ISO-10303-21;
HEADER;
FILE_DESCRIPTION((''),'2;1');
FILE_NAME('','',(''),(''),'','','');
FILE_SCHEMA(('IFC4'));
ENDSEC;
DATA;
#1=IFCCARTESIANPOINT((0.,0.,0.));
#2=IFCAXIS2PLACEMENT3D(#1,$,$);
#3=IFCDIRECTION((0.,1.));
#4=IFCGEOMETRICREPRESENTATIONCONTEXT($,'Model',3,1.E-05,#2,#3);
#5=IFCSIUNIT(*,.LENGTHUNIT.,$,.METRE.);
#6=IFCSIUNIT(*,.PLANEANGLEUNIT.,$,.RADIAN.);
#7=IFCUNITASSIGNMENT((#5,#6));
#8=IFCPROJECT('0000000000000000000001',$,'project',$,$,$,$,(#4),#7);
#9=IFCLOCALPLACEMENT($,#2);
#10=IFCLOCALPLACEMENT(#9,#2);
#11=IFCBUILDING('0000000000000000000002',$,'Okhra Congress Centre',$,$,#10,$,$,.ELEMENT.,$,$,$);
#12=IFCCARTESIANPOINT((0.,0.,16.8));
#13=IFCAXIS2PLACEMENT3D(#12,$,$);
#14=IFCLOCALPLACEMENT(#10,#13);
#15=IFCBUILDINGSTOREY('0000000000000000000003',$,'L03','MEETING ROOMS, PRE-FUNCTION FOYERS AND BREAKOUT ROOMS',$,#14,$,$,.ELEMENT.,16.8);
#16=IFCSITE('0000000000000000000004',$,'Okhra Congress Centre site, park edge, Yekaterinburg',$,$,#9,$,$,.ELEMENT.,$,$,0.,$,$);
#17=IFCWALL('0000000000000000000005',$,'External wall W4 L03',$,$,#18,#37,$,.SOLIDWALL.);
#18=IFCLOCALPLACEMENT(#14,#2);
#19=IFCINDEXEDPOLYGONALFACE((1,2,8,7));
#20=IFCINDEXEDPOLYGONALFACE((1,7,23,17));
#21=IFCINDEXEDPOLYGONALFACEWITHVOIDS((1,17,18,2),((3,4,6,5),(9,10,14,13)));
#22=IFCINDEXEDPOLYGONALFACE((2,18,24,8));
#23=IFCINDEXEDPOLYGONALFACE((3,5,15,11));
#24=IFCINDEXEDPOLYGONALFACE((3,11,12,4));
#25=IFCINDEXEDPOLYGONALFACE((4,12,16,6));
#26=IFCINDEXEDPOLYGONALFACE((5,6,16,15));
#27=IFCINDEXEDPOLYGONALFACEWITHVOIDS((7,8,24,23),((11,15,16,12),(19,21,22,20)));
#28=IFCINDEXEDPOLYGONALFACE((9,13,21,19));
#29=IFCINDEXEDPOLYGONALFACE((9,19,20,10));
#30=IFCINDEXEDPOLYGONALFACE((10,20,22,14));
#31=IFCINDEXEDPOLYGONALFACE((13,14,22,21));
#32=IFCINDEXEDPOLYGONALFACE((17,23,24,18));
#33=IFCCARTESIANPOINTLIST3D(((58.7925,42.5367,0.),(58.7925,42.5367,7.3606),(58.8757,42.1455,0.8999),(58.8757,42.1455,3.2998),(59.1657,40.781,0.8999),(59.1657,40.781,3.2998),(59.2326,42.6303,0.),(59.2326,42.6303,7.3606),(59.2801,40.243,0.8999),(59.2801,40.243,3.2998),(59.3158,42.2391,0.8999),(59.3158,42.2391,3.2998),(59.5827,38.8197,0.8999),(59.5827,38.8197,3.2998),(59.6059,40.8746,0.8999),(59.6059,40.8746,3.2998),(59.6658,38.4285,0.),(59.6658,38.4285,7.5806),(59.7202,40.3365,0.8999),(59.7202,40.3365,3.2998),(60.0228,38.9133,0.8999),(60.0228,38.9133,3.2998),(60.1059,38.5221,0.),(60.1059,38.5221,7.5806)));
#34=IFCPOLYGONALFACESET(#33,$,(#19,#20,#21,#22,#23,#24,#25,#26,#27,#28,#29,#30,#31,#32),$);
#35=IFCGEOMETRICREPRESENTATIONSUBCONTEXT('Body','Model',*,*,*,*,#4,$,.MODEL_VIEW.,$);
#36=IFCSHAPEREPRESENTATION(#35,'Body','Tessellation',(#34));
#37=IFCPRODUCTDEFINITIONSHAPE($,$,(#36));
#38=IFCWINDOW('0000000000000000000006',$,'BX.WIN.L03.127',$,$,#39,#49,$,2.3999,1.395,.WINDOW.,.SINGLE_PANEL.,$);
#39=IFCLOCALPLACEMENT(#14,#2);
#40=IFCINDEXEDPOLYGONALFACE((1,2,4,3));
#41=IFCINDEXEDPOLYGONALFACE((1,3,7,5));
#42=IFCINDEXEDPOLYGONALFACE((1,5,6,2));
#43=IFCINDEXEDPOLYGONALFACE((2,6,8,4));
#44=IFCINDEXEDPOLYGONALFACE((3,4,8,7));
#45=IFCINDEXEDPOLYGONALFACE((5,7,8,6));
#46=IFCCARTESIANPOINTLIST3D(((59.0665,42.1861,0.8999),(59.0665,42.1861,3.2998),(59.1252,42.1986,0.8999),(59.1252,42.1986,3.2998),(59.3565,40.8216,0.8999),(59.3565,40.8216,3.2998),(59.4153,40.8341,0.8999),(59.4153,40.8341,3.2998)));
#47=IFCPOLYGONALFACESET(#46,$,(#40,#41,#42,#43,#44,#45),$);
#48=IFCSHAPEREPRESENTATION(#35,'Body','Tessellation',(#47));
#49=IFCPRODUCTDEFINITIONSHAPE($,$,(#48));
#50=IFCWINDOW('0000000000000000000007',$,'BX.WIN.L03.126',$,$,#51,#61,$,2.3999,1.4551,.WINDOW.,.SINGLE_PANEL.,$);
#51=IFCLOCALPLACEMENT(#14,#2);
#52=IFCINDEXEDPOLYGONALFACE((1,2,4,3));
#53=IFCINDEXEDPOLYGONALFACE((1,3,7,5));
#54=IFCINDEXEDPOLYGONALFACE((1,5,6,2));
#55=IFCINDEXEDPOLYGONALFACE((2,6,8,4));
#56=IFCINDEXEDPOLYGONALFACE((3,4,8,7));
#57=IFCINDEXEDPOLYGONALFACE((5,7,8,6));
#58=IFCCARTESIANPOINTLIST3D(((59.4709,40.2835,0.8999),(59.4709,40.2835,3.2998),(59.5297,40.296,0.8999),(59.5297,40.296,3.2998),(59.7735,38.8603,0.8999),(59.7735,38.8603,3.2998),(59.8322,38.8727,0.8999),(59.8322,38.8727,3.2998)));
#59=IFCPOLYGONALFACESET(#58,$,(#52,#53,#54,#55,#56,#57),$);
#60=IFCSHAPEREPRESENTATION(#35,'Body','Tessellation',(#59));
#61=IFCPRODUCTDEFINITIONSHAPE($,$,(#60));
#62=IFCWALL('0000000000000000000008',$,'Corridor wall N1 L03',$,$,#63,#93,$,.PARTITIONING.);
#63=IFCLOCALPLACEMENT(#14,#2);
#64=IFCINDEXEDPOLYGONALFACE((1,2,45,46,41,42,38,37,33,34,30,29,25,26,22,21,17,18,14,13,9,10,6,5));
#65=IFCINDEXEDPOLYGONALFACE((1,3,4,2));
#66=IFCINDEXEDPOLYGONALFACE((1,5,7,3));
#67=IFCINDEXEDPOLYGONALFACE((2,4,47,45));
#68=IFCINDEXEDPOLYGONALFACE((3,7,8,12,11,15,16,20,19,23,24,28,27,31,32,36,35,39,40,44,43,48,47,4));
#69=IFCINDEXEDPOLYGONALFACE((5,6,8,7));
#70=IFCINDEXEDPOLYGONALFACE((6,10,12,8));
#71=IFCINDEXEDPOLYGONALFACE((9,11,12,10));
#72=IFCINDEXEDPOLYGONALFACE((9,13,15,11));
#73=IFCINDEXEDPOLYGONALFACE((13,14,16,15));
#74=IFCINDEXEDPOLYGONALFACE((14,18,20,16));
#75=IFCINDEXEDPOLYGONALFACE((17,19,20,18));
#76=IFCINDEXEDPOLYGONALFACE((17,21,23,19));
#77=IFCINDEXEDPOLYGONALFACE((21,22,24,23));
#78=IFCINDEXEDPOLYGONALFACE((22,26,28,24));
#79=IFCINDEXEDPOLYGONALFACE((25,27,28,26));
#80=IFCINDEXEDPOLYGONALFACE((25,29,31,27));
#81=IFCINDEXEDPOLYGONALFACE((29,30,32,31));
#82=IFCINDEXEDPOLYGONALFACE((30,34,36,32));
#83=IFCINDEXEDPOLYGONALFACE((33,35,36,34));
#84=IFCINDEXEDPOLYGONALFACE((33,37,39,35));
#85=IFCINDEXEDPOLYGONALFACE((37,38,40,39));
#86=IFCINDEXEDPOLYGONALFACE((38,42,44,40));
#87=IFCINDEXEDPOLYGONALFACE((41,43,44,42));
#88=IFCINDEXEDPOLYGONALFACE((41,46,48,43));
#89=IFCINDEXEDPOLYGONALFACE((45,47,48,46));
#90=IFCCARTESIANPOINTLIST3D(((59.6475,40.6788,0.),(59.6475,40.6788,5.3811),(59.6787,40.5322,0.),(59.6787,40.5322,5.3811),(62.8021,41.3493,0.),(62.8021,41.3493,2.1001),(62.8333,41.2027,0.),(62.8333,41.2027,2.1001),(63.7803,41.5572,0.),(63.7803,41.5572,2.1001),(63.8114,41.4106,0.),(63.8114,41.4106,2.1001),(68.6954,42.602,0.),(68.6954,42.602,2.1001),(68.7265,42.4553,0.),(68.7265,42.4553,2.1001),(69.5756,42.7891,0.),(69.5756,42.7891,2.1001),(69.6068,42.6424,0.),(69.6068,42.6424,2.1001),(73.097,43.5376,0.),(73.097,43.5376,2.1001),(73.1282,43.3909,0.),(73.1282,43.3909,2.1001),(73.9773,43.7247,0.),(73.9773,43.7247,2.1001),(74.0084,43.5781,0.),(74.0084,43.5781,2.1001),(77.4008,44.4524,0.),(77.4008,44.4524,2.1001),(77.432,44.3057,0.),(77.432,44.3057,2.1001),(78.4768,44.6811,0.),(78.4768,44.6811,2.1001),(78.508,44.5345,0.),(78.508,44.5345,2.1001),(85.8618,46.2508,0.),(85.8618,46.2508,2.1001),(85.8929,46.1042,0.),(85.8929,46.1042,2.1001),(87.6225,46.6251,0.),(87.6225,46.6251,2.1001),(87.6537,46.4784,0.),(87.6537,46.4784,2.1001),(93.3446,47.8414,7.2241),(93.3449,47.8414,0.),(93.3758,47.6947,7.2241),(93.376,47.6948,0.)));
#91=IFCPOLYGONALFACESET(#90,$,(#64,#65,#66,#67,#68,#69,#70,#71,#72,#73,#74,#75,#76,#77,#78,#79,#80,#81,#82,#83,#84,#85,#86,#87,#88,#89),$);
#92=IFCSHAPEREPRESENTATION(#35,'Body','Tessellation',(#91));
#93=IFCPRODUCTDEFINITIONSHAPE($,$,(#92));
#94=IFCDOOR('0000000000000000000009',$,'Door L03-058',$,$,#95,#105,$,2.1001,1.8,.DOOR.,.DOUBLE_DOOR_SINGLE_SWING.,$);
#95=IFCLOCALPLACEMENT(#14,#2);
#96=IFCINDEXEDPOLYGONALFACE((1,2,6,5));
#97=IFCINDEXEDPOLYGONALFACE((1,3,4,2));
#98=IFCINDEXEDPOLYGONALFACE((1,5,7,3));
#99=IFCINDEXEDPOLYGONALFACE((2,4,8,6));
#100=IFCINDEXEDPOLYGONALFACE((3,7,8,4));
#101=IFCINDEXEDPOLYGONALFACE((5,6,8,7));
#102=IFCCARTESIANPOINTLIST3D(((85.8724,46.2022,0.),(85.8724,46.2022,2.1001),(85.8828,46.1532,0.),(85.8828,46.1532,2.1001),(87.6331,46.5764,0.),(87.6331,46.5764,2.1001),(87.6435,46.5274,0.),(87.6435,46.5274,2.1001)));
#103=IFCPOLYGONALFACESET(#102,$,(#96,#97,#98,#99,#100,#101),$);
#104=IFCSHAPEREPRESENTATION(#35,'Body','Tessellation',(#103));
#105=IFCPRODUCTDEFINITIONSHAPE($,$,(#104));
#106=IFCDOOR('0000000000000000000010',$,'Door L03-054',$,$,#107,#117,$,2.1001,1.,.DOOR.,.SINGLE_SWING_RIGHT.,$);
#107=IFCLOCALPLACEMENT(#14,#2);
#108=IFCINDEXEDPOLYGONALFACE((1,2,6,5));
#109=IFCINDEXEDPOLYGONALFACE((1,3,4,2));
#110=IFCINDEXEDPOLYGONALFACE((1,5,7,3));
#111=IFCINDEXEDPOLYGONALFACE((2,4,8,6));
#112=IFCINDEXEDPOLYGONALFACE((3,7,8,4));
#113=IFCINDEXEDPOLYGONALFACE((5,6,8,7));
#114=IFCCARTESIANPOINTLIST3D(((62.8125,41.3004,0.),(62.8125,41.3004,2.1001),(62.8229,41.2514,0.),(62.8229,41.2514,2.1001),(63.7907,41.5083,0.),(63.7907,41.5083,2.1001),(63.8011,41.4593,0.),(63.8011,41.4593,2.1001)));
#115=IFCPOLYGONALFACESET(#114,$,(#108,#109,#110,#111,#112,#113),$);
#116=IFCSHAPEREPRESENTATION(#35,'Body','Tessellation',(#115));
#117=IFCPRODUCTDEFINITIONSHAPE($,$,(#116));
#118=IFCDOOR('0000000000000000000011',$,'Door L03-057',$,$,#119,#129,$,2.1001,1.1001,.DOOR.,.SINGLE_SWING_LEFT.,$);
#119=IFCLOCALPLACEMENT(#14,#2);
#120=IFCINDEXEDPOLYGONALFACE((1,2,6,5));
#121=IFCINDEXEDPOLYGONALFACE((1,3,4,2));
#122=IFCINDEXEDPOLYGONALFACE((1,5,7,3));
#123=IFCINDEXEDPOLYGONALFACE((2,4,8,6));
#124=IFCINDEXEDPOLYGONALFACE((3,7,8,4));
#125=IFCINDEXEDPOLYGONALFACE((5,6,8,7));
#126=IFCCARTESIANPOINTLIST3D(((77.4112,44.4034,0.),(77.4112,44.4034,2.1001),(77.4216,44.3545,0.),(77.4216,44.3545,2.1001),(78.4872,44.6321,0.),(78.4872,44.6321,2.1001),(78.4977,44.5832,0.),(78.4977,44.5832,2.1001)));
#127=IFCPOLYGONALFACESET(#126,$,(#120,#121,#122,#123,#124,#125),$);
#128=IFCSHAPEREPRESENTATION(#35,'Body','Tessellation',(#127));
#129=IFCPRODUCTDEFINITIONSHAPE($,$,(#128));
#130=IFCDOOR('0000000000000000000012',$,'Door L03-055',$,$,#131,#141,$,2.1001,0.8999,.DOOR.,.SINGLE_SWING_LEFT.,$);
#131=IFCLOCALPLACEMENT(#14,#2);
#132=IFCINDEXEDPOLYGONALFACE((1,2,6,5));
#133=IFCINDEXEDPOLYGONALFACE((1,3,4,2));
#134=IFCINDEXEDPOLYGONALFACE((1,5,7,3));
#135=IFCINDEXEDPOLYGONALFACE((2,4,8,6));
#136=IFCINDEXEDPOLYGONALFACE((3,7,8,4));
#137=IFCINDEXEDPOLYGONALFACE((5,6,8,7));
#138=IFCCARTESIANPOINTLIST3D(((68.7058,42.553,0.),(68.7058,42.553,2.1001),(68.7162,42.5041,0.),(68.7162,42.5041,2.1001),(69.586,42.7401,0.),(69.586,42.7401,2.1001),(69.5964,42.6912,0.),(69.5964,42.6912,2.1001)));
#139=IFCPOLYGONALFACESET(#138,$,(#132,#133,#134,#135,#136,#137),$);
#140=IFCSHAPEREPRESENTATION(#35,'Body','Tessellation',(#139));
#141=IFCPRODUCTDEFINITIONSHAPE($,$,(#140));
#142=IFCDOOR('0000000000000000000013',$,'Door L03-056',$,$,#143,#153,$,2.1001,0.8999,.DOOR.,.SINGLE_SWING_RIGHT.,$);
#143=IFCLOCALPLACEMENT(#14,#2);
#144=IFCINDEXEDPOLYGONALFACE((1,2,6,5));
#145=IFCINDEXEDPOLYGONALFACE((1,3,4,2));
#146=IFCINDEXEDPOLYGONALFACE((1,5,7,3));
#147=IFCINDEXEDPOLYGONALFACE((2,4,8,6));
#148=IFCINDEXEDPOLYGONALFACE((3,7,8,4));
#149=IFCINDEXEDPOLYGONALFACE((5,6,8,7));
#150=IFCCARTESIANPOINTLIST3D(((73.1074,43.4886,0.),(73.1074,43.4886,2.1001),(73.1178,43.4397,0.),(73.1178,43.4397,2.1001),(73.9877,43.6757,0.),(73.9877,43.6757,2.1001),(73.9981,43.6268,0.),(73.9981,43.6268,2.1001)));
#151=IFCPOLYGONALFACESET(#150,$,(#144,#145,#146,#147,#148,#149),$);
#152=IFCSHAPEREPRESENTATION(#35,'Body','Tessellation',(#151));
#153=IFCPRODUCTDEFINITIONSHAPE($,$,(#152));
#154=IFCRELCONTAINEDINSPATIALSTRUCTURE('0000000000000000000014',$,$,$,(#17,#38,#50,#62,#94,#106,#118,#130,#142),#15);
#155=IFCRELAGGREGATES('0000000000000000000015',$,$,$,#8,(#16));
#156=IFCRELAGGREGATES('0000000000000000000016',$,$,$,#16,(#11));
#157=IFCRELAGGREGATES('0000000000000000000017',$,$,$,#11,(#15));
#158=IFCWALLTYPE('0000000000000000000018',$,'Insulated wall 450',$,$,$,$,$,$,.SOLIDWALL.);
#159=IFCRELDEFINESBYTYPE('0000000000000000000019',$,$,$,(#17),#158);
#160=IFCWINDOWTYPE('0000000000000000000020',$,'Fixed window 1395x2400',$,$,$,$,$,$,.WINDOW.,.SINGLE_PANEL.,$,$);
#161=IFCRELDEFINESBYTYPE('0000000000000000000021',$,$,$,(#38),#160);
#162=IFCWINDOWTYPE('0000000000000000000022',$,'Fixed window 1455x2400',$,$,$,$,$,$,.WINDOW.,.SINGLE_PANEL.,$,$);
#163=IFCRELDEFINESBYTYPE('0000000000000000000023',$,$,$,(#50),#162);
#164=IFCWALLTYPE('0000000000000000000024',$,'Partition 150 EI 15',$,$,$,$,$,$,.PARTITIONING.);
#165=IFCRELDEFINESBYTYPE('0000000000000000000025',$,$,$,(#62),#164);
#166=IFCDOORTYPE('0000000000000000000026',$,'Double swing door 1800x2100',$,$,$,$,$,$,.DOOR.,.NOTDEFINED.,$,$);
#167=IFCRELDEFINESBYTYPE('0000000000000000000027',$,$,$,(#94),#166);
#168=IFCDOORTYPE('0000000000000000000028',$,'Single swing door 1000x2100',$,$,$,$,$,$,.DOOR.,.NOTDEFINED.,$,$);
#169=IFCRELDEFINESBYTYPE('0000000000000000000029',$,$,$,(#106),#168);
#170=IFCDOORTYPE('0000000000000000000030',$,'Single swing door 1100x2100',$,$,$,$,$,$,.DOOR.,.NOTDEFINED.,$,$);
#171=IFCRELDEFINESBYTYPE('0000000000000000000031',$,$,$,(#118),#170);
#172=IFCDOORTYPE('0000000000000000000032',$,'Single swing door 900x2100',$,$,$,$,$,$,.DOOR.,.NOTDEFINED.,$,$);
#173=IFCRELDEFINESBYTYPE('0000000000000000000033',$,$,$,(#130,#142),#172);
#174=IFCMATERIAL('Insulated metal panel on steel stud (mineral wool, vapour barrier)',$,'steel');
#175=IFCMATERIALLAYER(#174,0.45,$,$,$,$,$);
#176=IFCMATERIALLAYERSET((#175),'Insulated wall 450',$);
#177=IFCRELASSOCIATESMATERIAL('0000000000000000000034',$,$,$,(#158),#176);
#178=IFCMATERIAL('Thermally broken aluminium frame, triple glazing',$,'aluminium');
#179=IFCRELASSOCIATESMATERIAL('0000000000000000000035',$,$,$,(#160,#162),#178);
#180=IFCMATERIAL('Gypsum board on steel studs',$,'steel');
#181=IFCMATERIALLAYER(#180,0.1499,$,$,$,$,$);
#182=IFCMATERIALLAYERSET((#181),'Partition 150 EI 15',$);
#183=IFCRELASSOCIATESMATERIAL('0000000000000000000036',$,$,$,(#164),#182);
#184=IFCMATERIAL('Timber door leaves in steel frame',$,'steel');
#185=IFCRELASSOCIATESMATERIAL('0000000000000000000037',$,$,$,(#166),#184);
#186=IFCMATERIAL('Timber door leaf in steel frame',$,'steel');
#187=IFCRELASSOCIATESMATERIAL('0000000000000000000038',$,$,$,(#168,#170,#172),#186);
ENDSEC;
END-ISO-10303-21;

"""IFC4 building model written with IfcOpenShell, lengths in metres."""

from ifc_helpers import new_model, si_unit, direction, frame, frame_2d, origin, place, context, subcontext, project, spatial, polyline, rectangle, outline, extrude, material, layer, layer_set, type_object, element, fill, save


model = new_model("IFC4")

# Units and contexts
model_context = context("Model", 3, precision=1e-05, world=origin(), true_north=direction((0.0, 1.0)))
body_context = subcontext(model_context, "Body", "Model", "MODEL_VIEW")
ifc_project = project(units=[si_unit("LENGTHUNIT", "METRE"), si_unit("PLANEANGLEUNIT", "RADIAN")], contexts=[model_context])

# Site, building, storey
site_placement = place(None, origin())
site = spatial("IfcSite", under=ifc_project, at=site_placement, Name="Okhra Congress Centre site, park edge, Yekaterinburg", CompositionType="ELEMENT", RefElevation=0.0)
building_placement = place(site_placement, origin())
building = spatial("IfcBuilding", under=site, at=building_placement, Name="Okhra Congress Centre", CompositionType="ELEMENT")
storey_placement = place(building_placement, frame((0.0, 0.0, 16.8)))
storey = spatial("IfcBuildingStorey", under=building, at=storey_placement, Name="L03", Description="MEETING ROOMS, PRE-FUNCTION FOYERS AND BREAKOUT ROOMS", CompositionType="ELEMENT", Elevation=16.8)

# Wall, openings, windows
ifc_material_1 = material(Name="Insulated metal panel on steel stud (mineral wool, vapour barrier)", Category="steel")
ifc_layer_1 = layer(ifc_material_1, 0.45)
ifc_layer_set_1 = layer_set([ifc_layer_1], Name="Insulated wall 450")
wall_type_1 = type_object("IfcWallType", Name="Insulated wall 450", PredefinedType="SOLIDWALL", material=ifc_layer_set_1)
ifc_material_2 = material(Name="Thermally broken aluminium frame, triple glazing", Category="aluminium")
wall_1_placement = place(storey_placement, frame((59.886, 38.4753, 0.0), z_axis=(0.0, 0.0, 1.0), x_axis=(-0.207929, 0.978144, 0.0)))
wall_1 = element("IfcWall", 1, at=wall_1_placement, inside=storey, type_object=wall_type_1, Name="External wall W4 L03", PredefinedType="SOLIDWALL", context=body_context, shape_type="SweptSolid", body=[
    extrude(outline(polyline([(0.0, 0.0), (4.2, 0.0), (4.2, 7.3606), (0.0, 7.5806), (0.0, 0.0)])), frame((0.0, 0.2251, 0.0), z_axis=(0.0, -1.0, 0.0), x_axis=(1.0, 0.0, 0.0)), (0.0, 0.0, 1.0), 0.45),
])
opening_1_placement = place(wall_1_placement, frame((0.3999, 0.0, 0.8999)))
opening_1 = element("IfcOpeningElement", 2, at=opening_1_placement, cuts=wall_1, PredefinedType="OPENING", context=body_context, shape_type="SweptSolid", body=[
    extrude(rectangle(XDim=1.4551, YDim=2.3999, at=frame_2d((0.7275, 1.2))), frame((0.0, 0.2349, 0.0), z_axis=(0.0, -1.0, 0.0), x_axis=(1.0, 0.0, 0.0)), (0.0, 0.0, 1.0), 0.47),
])
opening_2_placement = place(wall_1_placement, frame((2.405, 0.0, 0.8999)))
opening_2 = element("IfcOpeningElement", 3, at=opening_2_placement, cuts=wall_1, PredefinedType="OPENING", context=body_context, shape_type="SweptSolid", body=[
    extrude(rectangle(XDim=1.395, YDim=2.3999, at=frame_2d((0.6975, 1.2))), frame((0.0, 0.2349, 0.0), z_axis=(0.0, -1.0, 0.0), x_axis=(1.0, 0.0, 0.0)), (0.0, 0.0, 1.0), 0.47),
])
window_type_1 = type_object("IfcWindowType", Name="Fixed window 1395x2400", PartitioningType="SINGLE_PANEL", PredefinedType="WINDOW", material=ifc_material_2)
window_1_placement = place(opening_2_placement, origin())
window_1 = element("IfcWindow", 4, at=window_1_placement, inside=storey, type_object=window_type_1, Name="BX.WIN.L03.127", OverallHeight=2.3999, OverallWidth=1.395, PartitioningType="SINGLE_PANEL", PredefinedType="WINDOW", context=body_context, shape_type="SweptSolid", body=[
    extrude(rectangle(XDim=1.395, YDim=2.3999, at=frame_2d((0.6975, 1.2))), frame((0.0, 0.03, 0.0), z_axis=(0.0, -1.0, 0.0), x_axis=(1.0, 0.0, 0.0)), (0.0, 0.0, 1.0), 0.0601),
])
fill(opening_2, window_1)
window_type_2 = type_object("IfcWindowType", Name="Fixed window 1455x2400", PartitioningType="SINGLE_PANEL", PredefinedType="WINDOW", material=ifc_material_2)
window_2_placement = place(opening_1_placement, origin())
window_2 = element("IfcWindow", 5, at=window_2_placement, inside=storey, type_object=window_type_2, Name="BX.WIN.L03.126", OverallHeight=2.3999, OverallWidth=1.4551, PartitioningType="SINGLE_PANEL", PredefinedType="WINDOW", context=body_context, shape_type="SweptSolid", body=[
    extrude(rectangle(XDim=1.4551, YDim=2.3999, at=frame_2d((0.7275, 1.2))), frame((0.0, 0.03, 0.0), z_axis=(0.0, -1.0, 0.0), x_axis=(1.0, 0.0, 0.0)), (0.0, 0.0, 1.0), 0.0601),
])
fill(opening_1, window_2)

# Wall, openings, doors
ifc_material_3 = material(Name="Gypsum board on steel studs", Category="steel")
ifc_layer_2 = layer(ifc_material_3, 0.1499)
ifc_layer_set_2 = layer_set([ifc_layer_2], Name="Partition 150 EI 15")
wall_type_2 = type_object("IfcWallType", Name="Partition 150 EI 15", PredefinedType="PARTITIONING", material=ifc_layer_set_2)
wall_2_placement = place(storey_placement, frame((59.6631, 40.6055, 0.0), z_axis=(0.0, 0.0, 1.0), x_axis=(0.978147, 0.207912, 0.0)))
wall_2 = element("IfcWall", 6, at=wall_2_placement, inside=storey, type_object=wall_type_2, Name="Corridor wall N1 L03", PredefinedType="PARTITIONING", context=body_context, shape_type="SweptSolid", body=[
    extrude(outline(polyline([(0.0, 0.0), (34.4502, 0.0), (34.45, 7.2241), (0.0, 5.3811), (0.0, 0.0)])), frame((0.0, 0.075, 0.0), z_axis=(0.0, -1.0, 0.0), x_axis=(1.0, 0.0, 0.0)), (0.0, 0.0, 1.0), 0.1499),
])
opening_3_placement = place(wall_2_placement, frame((3.2251, 0.0, 0.0)))
opening_3 = element("IfcOpeningElement", 7, at=opening_3_placement, cuts=wall_2, PredefinedType="OPENING", context=body_context, shape_type="SweptSolid", body=[
    extrude(rectangle(XDim=1.0, YDim=2.1001, at=frame_2d((0.5, 1.05))), frame((0.0, 0.085, 0.0), z_axis=(0.0, -1.0, 0.0), x_axis=(1.0, 0.0, 0.0)), (0.0, 0.0, 1.0), 0.1699),
])
opening_4_placement = place(wall_2_placement, frame((9.25, 0.0, 0.0)))
opening_4 = element("IfcOpeningElement", 8, at=opening_4_placement, cuts=wall_2, PredefinedType="OPENING", context=body_context, shape_type="SweptSolid", body=[
    extrude(rectangle(XDim=0.8999, YDim=2.1001, at=frame_2d((0.45, 1.05))), frame((0.0, 0.085, 0.0), z_axis=(0.0, -1.0, 0.0), x_axis=(1.0, 0.0, 0.0)), (0.0, 0.0, 1.0), 0.1699),
])
opening_5_placement = place(wall_2_placement, frame((13.75, 0.0, 0.0)))
opening_5 = element("IfcOpeningElement", 9, at=opening_5_placement, cuts=wall_2, PredefinedType="OPENING", context=body_context, shape_type="SweptSolid", body=[
    extrude(rectangle(XDim=0.8999, YDim=2.1001, at=frame_2d((0.45, 1.05))), frame((0.0, 0.085, 0.0), z_axis=(0.0, -1.0, 0.0), x_axis=(1.0, 0.0, 0.0)), (0.0, 0.0, 1.0), 0.1699),
])
opening_6_placement = place(wall_2_placement, frame((18.1499, 0.0, 0.0)))
opening_6 = element("IfcOpeningElement", 10, at=opening_6_placement, cuts=wall_2, PredefinedType="OPENING", context=body_context, shape_type="SweptSolid", body=[
    extrude(rectangle(XDim=1.1001, YDim=2.1001, at=frame_2d((0.55, 1.05))), frame((0.0, 0.085, 0.0), z_axis=(0.0, -1.0, 0.0), x_axis=(1.0, 0.0, 0.0)), (0.0, 0.0, 1.0), 0.1699),
])
opening_7_placement = place(wall_2_placement, frame((26.8, 0.0, 0.0)))
opening_7 = element("IfcOpeningElement", 11, at=opening_7_placement, cuts=wall_2, PredefinedType="OPENING", context=body_context, shape_type="SweptSolid", body=[
    extrude(rectangle(XDim=1.8, YDim=2.1001, at=frame_2d((0.8999, 1.05))), frame((0.0, 0.085, 0.0), z_axis=(0.0, -1.0, 0.0), x_axis=(1.0, 0.0, 0.0)), (0.0, 0.0, 1.0), 0.1699),
])
ifc_material_4 = material(Name="Timber door leaves in steel frame", Category="steel")
door_type_1 = type_object("IfcDoorType", Name="Double swing door 1800x2100", OperationType="NOTDEFINED", PredefinedType="DOOR", material=ifc_material_4)
door_1_placement = place(opening_7_placement, frame((1.8, 0.0, 0.0), z_axis=(0.0, 0.0, 1.0), x_axis=(-1.0, 0.0, 0.0)))
door_1 = element("IfcDoor", 12, at=door_1_placement, inside=storey, type_object=door_type_1, Name="Door L03-058", OperationType="DOUBLE_DOOR_SINGLE_SWING", OverallHeight=2.1001, OverallWidth=1.8, PredefinedType="DOOR", context=body_context, shape_type="SweptSolid", body=[
    extrude(rectangle(XDim=1.8, YDim=2.1001, at=frame_2d((0.8999, 1.05))), frame((0.0, 0.0249, 0.0), z_axis=(0.0, -1.0, 0.0), x_axis=(1.0, 0.0, 0.0)), (0.0, 0.0, 1.0), 0.05),
])
fill(opening_7, door_1)
ifc_material_5 = material(Name="Timber door leaf in steel frame", Category="steel")
door_type_2 = type_object("IfcDoorType", Name="Single swing door 1000x2100", OperationType="NOTDEFINED", PredefinedType="DOOR", material=ifc_material_5)
door_2_placement = place(opening_3_placement, origin())
door_2 = element("IfcDoor", 13, at=door_2_placement, inside=storey, type_object=door_type_2, Name="Door L03-054", OperationType="SINGLE_SWING_RIGHT", OverallHeight=2.1001, OverallWidth=1.0, PredefinedType="DOOR", context=body_context, shape_type="SweptSolid", body=[
    extrude(rectangle(XDim=1.0, YDim=2.1001, at=frame_2d((0.5, 1.05))), frame((0.0, 0.0249, 0.0), z_axis=(0.0, -1.0, 0.0), x_axis=(1.0, 0.0, 0.0)), (0.0, 0.0, 1.0), 0.05),
])
fill(opening_3, door_2)
door_type_3 = type_object("IfcDoorType", Name="Single swing door 1100x2100", OperationType="NOTDEFINED", PredefinedType="DOOR", material=ifc_material_5)
door_3_placement = place(opening_6_placement, origin())
door_3 = element("IfcDoor", 14, at=door_3_placement, inside=storey, type_object=door_type_3, Name="Door L03-057", OperationType="SINGLE_SWING_LEFT", OverallHeight=2.1001, OverallWidth=1.1001, PredefinedType="DOOR", context=body_context, shape_type="SweptSolid", body=[
    extrude(rectangle(XDim=1.1001, YDim=2.1001, at=frame_2d((0.55, 1.05))), frame((0.0, 0.0249, 0.0), z_axis=(0.0, -1.0, 0.0), x_axis=(1.0, 0.0, 0.0)), (0.0, 0.0, 1.0), 0.05),
])
fill(opening_6, door_3)
door_type_4 = type_object("IfcDoorType", Name="Single swing door 900x2100", OperationType="NOTDEFINED", PredefinedType="DOOR", material=ifc_material_5)
door_4_placement = place(opening_4_placement, origin())
door_4 = element("IfcDoor", 15, at=door_4_placement, inside=storey, type_object=door_type_4, Name="Door L03-055", OperationType="SINGLE_SWING_LEFT", OverallHeight=2.1001, OverallWidth=0.8999, PredefinedType="DOOR", context=body_context, shape_type="SweptSolid", body=[
    extrude(rectangle(XDim=0.8999, YDim=2.1001, at=frame_2d((0.45, 1.05))), frame((0.0, 0.0249, 0.0), z_axis=(0.0, -1.0, 0.0), x_axis=(1.0, 0.0, 0.0)), (0.0, 0.0, 1.0), 0.05),
])
fill(opening_4, door_4)
door_5_placement = place(opening_5_placement, origin())
door_5 = element("IfcDoor", 16, at=door_5_placement, inside=storey, type_object=door_type_4, Name="Door L03-056", OperationType="SINGLE_SWING_RIGHT", OverallHeight=2.1001, OverallWidth=0.8999, PredefinedType="DOOR", context=body_context, shape_type="SweptSolid", body=[
    extrude(rectangle(XDim=0.8999, YDim=2.1001, at=frame_2d((0.45, 1.05))), frame((0.0, 0.0249, 0.0), z_axis=(0.0, -1.0, 0.0), x_axis=(1.0, 0.0, 0.0)), (0.0, 0.0, 1.0), 0.05),
])
fill(opening_5, door_5)

save(model, "model.ifc")
